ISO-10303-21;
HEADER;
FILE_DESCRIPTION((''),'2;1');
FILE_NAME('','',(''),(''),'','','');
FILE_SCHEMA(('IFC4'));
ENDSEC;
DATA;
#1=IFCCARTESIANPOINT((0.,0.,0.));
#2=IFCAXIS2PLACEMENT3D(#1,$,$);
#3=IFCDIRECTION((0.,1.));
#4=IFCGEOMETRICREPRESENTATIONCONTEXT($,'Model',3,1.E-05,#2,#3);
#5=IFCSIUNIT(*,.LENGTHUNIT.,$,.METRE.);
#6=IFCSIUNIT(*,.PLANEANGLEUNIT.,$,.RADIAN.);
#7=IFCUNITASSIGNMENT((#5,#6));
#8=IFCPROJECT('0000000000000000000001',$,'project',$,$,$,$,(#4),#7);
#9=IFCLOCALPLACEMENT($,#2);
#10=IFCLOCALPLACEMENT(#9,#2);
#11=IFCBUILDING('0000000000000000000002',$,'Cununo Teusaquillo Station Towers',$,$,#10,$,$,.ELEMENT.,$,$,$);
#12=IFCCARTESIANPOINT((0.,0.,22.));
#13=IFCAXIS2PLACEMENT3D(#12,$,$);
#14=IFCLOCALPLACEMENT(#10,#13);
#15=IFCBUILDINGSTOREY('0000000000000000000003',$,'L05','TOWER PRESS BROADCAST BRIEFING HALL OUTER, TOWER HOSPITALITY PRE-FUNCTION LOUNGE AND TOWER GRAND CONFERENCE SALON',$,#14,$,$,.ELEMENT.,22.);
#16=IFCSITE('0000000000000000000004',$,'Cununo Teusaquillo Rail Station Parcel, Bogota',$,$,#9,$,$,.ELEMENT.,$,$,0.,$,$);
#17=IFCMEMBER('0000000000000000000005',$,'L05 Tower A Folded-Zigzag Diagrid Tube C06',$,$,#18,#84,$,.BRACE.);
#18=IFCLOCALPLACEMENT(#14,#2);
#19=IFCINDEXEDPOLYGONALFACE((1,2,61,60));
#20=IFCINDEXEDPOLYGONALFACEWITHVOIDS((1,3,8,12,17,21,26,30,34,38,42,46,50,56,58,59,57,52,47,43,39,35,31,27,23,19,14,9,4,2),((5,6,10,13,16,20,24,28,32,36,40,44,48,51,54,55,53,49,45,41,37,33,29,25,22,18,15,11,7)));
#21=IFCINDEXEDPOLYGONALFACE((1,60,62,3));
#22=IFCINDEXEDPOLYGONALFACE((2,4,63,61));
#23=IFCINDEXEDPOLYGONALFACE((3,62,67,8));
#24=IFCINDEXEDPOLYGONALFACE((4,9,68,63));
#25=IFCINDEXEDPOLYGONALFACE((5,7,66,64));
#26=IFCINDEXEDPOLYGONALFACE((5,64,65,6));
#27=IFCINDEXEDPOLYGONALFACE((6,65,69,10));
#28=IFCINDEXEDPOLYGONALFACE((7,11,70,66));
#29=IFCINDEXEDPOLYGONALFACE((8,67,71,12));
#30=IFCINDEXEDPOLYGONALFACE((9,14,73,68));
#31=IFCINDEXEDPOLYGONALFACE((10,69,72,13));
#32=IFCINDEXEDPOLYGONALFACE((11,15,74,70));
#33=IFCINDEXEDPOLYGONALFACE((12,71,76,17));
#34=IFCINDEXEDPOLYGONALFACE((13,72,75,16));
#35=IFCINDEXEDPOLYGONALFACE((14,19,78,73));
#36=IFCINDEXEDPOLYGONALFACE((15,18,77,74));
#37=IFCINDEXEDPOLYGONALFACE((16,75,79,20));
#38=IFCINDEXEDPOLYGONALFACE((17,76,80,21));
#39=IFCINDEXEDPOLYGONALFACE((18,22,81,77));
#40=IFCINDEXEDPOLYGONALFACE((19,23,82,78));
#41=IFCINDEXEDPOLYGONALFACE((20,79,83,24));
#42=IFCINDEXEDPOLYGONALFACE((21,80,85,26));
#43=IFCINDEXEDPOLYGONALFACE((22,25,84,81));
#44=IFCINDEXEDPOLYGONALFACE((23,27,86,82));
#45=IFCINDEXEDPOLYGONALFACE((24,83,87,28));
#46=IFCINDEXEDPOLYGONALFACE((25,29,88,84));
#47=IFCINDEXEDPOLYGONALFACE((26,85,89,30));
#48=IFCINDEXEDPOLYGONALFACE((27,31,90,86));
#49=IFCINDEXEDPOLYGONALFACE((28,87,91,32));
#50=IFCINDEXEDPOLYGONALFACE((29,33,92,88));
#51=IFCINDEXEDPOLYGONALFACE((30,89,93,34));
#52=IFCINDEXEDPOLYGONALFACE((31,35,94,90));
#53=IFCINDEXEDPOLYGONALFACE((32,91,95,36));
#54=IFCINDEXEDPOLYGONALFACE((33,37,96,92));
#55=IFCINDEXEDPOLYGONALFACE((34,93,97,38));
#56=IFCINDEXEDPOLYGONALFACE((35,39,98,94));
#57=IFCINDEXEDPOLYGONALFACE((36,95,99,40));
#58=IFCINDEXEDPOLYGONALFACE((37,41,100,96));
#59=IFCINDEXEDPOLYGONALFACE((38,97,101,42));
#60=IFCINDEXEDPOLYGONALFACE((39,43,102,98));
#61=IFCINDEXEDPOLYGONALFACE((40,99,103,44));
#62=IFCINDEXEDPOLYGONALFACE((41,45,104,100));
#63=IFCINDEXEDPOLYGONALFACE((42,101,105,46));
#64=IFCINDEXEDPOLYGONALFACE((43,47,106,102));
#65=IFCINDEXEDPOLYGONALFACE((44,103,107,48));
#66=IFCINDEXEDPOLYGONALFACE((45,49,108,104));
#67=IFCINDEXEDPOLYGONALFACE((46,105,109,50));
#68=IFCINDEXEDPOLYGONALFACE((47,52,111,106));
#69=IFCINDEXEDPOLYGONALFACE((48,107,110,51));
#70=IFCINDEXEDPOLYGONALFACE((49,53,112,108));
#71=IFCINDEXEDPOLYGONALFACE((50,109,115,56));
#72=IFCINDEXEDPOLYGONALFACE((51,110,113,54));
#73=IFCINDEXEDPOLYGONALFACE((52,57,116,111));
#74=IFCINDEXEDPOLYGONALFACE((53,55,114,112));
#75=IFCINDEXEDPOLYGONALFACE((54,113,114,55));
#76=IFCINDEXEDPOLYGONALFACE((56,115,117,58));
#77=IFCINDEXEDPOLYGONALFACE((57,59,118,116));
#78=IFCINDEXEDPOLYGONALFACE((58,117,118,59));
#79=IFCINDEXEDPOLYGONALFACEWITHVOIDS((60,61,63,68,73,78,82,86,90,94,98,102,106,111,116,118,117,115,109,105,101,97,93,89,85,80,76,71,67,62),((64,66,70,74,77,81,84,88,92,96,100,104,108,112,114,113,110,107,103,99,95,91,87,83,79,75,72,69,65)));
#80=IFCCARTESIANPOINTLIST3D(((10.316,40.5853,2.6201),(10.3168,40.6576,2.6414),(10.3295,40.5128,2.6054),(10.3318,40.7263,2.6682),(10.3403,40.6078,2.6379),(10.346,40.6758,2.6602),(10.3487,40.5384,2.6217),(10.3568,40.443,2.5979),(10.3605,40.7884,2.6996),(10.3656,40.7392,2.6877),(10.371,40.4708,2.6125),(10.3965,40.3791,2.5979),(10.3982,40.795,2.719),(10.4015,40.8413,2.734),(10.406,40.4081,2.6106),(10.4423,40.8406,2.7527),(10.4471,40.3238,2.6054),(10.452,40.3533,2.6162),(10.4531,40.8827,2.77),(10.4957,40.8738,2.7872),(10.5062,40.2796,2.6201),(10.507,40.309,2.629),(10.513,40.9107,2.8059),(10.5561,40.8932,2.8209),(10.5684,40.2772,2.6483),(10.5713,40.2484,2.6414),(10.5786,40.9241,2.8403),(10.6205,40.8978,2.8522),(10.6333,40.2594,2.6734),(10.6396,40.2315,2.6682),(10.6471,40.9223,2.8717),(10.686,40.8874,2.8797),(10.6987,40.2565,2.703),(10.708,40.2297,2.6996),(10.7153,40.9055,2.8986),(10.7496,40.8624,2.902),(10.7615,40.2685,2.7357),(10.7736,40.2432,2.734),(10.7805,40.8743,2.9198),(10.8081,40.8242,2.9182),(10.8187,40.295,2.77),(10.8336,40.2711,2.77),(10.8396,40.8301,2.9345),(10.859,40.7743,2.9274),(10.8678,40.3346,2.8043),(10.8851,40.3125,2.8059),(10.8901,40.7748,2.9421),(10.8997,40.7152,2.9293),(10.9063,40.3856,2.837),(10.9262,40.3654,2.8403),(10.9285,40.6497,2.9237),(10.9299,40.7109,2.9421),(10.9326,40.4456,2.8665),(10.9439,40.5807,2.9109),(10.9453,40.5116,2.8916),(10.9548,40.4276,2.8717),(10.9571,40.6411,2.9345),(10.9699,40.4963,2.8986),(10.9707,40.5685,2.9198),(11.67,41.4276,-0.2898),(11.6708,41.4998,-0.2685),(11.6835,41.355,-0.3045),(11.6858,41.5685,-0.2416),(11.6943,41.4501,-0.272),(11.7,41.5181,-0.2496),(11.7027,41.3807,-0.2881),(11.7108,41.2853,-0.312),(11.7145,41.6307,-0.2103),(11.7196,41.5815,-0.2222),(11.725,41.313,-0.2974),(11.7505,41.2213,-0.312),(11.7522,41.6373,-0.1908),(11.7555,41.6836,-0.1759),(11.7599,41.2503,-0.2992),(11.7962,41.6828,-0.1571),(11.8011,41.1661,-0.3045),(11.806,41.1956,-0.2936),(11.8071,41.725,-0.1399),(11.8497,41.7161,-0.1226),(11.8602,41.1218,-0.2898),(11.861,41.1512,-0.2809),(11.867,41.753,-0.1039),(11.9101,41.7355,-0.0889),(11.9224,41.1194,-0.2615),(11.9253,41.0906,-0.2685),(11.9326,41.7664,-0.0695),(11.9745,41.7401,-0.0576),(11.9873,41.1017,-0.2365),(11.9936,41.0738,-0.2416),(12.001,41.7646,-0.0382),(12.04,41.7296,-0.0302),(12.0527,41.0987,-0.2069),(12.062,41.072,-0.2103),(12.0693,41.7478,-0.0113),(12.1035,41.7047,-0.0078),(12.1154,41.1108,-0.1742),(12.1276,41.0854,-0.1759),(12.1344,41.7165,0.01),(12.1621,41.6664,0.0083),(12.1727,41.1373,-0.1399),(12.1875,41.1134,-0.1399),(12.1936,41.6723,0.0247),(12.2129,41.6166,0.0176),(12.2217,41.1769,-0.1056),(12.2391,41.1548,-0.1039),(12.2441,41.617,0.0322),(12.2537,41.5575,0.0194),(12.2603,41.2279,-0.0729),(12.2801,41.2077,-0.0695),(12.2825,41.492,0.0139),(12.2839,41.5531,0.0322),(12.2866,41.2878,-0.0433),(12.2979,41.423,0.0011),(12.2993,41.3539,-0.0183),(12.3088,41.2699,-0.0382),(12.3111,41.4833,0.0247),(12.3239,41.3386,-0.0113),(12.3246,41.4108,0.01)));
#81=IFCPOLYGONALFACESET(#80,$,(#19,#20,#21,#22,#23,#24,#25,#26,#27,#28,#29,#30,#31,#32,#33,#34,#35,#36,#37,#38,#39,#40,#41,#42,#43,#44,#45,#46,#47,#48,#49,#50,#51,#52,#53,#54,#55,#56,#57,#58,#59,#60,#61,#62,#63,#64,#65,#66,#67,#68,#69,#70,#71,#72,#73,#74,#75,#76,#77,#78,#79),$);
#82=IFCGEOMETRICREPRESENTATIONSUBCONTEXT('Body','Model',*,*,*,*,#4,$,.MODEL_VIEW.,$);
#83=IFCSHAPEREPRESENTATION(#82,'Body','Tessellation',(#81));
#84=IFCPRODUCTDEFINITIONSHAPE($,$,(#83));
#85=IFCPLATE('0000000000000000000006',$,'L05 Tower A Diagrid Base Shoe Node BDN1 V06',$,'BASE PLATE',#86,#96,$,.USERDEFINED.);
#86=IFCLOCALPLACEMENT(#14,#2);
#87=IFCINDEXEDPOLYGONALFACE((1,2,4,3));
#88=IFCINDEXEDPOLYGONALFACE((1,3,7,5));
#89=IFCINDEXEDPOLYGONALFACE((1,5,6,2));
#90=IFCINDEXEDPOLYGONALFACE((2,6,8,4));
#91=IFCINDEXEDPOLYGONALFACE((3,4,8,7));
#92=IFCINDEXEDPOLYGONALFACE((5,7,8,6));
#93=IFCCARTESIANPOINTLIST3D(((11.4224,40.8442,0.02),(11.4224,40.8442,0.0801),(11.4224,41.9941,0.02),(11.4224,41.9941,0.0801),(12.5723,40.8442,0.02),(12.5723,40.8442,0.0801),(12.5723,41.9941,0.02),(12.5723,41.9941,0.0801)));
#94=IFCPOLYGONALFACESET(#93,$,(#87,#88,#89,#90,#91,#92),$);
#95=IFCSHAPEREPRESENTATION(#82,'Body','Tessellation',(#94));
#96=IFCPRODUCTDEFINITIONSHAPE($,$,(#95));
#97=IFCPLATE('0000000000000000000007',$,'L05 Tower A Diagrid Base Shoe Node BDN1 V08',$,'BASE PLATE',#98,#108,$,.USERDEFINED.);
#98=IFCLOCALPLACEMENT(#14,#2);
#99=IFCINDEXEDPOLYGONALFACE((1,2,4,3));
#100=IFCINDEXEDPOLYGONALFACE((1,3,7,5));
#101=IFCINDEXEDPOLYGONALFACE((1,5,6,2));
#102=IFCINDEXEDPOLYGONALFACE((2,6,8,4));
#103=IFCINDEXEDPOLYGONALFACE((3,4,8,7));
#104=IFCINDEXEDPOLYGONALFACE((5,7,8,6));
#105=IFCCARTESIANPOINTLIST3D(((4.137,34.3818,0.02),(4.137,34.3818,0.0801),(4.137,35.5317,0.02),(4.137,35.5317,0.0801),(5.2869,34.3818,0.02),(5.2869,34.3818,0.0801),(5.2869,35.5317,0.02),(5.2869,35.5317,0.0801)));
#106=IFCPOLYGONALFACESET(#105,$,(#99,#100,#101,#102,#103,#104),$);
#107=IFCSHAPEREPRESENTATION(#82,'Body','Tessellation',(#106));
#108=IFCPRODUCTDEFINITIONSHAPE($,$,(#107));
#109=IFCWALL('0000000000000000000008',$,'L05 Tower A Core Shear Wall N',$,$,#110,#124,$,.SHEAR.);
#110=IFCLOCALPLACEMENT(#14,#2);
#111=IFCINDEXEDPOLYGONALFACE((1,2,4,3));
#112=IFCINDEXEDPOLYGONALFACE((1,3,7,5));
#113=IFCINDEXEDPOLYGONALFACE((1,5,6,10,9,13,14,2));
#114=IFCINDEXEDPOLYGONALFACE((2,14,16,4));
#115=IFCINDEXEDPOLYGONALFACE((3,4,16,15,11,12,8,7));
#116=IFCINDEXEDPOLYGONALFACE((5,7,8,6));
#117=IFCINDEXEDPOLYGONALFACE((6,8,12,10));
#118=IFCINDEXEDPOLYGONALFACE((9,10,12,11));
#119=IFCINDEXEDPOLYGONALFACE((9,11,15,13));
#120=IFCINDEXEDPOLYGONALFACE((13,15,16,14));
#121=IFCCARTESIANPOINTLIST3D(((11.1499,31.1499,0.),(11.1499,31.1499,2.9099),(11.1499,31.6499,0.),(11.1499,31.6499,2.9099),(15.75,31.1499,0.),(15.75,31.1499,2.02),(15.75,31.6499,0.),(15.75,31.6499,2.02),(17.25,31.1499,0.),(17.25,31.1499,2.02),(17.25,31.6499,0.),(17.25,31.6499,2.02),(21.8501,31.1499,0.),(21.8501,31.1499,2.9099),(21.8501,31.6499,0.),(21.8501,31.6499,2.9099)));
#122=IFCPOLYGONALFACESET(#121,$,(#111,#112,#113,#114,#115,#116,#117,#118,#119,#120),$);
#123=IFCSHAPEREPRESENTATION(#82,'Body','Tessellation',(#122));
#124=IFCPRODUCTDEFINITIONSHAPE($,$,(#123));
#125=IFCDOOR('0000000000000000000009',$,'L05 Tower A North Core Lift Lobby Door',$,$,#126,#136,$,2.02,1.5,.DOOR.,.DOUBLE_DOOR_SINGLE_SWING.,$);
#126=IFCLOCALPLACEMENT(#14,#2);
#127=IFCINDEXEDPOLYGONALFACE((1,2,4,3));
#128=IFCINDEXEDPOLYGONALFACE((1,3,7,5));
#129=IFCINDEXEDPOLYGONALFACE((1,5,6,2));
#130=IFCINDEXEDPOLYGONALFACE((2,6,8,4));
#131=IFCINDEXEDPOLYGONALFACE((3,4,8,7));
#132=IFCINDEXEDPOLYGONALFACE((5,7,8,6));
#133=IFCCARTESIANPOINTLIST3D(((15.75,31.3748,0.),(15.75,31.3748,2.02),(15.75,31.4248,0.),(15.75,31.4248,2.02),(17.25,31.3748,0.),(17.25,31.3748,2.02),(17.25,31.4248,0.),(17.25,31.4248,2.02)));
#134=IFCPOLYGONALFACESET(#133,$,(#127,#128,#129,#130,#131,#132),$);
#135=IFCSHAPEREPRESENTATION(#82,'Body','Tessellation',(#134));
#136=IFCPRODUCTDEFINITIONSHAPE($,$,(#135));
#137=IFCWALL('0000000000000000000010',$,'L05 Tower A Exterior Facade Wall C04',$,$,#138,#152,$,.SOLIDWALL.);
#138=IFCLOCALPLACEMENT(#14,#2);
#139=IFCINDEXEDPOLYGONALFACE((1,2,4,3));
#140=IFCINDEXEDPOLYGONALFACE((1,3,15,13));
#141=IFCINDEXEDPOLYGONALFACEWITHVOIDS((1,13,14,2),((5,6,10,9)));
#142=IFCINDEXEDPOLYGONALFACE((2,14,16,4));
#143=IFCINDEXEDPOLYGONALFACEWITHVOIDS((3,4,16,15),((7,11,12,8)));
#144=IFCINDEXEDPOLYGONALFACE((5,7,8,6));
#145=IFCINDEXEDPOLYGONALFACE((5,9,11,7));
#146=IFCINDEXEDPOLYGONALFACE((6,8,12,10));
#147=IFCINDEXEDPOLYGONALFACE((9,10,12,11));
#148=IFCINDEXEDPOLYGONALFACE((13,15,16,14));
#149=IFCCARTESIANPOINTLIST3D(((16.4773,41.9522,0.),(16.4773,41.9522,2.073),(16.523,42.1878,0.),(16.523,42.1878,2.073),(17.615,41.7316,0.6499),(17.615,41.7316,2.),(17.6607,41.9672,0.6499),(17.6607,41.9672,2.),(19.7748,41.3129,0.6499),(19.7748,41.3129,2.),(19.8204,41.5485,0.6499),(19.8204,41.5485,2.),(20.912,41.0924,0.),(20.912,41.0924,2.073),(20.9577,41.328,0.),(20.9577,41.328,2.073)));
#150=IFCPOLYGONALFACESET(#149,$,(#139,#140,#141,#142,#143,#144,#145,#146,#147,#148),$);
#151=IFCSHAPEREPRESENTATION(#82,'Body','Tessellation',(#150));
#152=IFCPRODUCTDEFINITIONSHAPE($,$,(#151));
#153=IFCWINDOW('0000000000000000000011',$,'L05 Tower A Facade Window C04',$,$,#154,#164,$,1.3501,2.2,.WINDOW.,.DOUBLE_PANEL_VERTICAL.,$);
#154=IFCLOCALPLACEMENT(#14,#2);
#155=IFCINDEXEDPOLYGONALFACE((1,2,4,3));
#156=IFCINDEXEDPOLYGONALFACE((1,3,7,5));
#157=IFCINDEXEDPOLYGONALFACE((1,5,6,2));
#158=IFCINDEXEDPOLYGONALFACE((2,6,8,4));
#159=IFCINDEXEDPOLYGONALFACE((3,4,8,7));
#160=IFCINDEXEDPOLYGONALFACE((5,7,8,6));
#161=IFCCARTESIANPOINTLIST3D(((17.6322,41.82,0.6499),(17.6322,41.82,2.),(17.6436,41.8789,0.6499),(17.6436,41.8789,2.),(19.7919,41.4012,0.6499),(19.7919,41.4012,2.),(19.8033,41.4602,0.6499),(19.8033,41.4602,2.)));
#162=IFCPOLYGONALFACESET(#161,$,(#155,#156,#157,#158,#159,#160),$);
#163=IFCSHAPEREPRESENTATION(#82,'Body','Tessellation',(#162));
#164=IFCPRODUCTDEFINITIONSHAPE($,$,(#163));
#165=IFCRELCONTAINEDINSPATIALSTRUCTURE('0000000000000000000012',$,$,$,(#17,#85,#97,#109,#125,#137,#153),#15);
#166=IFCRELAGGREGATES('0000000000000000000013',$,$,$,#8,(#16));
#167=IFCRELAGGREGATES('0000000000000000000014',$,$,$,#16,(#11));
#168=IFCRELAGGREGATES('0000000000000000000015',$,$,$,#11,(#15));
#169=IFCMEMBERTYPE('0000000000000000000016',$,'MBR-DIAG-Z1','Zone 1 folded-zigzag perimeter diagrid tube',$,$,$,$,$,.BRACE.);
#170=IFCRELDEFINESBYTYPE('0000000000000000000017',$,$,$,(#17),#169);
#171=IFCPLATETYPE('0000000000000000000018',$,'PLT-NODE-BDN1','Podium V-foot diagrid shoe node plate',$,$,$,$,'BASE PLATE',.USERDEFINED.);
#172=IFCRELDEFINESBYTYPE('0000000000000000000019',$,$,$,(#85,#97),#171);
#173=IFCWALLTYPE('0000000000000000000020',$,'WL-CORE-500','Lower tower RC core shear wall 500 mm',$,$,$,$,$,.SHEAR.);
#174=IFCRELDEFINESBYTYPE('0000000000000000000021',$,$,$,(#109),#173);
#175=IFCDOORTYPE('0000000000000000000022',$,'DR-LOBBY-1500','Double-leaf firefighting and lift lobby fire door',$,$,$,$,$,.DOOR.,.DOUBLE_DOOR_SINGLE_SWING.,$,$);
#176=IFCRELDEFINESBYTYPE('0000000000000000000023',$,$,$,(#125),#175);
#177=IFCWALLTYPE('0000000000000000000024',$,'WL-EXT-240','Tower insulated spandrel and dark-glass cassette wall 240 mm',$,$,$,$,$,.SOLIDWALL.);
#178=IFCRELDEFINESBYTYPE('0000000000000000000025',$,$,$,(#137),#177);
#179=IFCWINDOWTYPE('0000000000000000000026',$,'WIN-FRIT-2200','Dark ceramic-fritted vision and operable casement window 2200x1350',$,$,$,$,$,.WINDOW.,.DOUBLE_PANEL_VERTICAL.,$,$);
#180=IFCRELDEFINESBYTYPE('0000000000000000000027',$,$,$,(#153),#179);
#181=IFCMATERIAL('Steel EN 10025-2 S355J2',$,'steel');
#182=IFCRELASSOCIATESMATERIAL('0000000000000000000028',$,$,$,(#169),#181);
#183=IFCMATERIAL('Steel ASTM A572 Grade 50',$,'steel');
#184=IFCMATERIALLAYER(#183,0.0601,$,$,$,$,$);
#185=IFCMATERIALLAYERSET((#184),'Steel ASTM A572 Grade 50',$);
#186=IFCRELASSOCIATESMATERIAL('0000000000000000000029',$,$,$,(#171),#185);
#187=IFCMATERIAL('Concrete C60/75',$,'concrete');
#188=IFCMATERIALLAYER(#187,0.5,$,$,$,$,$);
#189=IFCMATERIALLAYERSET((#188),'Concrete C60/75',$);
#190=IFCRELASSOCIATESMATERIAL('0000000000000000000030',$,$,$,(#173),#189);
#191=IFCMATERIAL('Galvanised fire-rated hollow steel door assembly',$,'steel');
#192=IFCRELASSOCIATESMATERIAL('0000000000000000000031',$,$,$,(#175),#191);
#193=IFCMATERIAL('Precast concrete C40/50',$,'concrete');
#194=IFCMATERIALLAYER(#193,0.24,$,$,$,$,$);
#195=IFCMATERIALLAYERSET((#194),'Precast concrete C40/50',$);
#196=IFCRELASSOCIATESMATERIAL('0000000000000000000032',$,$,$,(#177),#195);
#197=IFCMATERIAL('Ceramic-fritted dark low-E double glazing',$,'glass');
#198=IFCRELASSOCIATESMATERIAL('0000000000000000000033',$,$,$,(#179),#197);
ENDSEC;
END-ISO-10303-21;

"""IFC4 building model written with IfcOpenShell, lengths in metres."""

from ifc_helpers import new_model, si_unit, direction, frame, frame_2d, origin, origin_2d, place, context, subcontext, project, spatial, rectangle, hollow_circle, extrude, source, transform, mapped, material, layer, layer_set, material_profile, profile_set, type_object, element, fill, save


model = new_model("IFC4")

# Units and contexts
model_context = context("Model", 3, precision=1e-05, world=origin(), true_north=direction((0.0, 1.0)))
body_context = subcontext(model_context, "Body", "Model", "MODEL_VIEW")
ifc_project = project(units=[si_unit("LENGTHUNIT", "METRE"), si_unit("PLANEANGLEUNIT", "RADIAN")], contexts=[model_context])

# Site, building, storey
site_placement = place(None, origin())
site = spatial("IfcSite", under=ifc_project, at=site_placement, Name="Cununo Teusaquillo Rail Station Parcel, Bogota", CompositionType="ELEMENT", RefElevation=0.0)
building_placement = place(site_placement, origin())
building = spatial("IfcBuilding", under=site, at=building_placement, Name="Cununo Teusaquillo Station Towers", CompositionType="ELEMENT")
storey_placement = place(building_placement, frame((0.0, 0.0, 22.0)))
storey = spatial("IfcBuildingStorey", under=building, at=storey_placement, Name="L05", Description="TOWER PRESS BROADCAST BRIEFING HALL OUTER, TOWER HOSPITALITY PRE-FUNCTION LOUNGE AND TOWER GRAND CONFERENCE SALON", CompositionType="ELEMENT", Elevation=22.0)

# Member
ifc_material_1 = material(Name="Steel EN 10025-2 S355J2", Category="steel")
ifc_material_profile_1 = material_profile(ifc_material_1, hollow_circle(Radius=0.3601, WallThickness=0.0281, at=origin_2d()), Name="CHS 720x28")
ifc_profile_set_1 = profile_set([ifc_material_profile_1], Name="Steel EN 10025-2 S355J2")
member_type = type_object("IfcMemberType", Name="MBR-DIAG-Z1", Description="Zone 1 folded-zigzag perimeter diagrid tube", PredefinedType="BRACE", material=ifc_profile_set_1)
member_placement = place(storey_placement, frame((11.9973, 41.4192, -0.1399), z_axis=(-0.408055, -0.253839, 0.876959), x_axis=(0.528209, -0.849115, 0.0)))
element("IfcMember", 1, at=member_placement, inside=storey, type_object=member_type, Name="L05 Tower A Folded-Zigzag Diagrid Tube C06", PredefinedType="BRACE", context=body_context, shape_type="SweptSolid", body=[
    extrude(hollow_circle(Radius=0.3601, WallThickness=0.0281, at=origin_2d()), origin(), (0.0, 0.0, 1.0), 3.3181),
])

# Plates
ifc_material_2 = material(Name="Steel ASTM A572 Grade 50", Category="steel")
ifc_layer_1 = layer(ifc_material_2, 0.0601)
ifc_layer_set_1 = layer_set([ifc_layer_1], Name="Steel ASTM A572 Grade 50")
plate_type = type_object("IfcPlateType", Name="PLT-NODE-BDN1", Description="Podium V-foot diagrid shoe node plate", ElementType="BASE PLATE", PredefinedType="USERDEFINED", material=ifc_layer_set_1)
shared_shape_1 = source(origin(), body_context, "Body", "SweptSolid", [
    extrude(rectangle(XDim=1.1499, YDim=1.1499, at=origin_2d()), origin(), (0.0, 0.0, 1.0), 0.0601),
])
for number, where, z_axis, x_axis, name in (
    (2, (11.9973, 41.4192, 0.02), (0.0, 0.0, 1.0), (1.0, 0.0, 0.0), "L05 Tower A Diagrid Base Shoe Node BDN1 V06"),
    (3, (4.7119, 34.9568, 0.02), (0.0, 0.0, 1.0), (1.0, 0.0, 0.0), "L05 Tower A Diagrid Base Shoe Node BDN1 V08"),
):
    element("IfcPlate", number, at=place(storey_placement, frame(where, z_axis=z_axis, x_axis=x_axis)), inside=storey, type_object=plate_type, Name=name, ObjectType="BASE PLATE", PredefinedType="USERDEFINED", context=body_context, shape_type="MappedRepresentation", body=[
        mapped(shared_shape_1, transform((0.0, 0.0, 0.0), x_axis=(1.0, 0.0, 0.0), y_axis=(0.0, 1.0, 0.0), z_axis=(0.0, 0.0, 1.0), scale=1.0)),
    ])

# Wall, opening, door
ifc_material_3 = material(Name="Concrete C60/75", Category="concrete")
ifc_layer_2 = layer(ifc_material_3, 0.5)
ifc_layer_set_2 = layer_set([ifc_layer_2], Name="Concrete C60/75")
wall_type_1 = type_object("IfcWallType", Name="WL-CORE-500", Description="Lower tower RC core shear wall 500 mm", PredefinedType="SHEAR", material=ifc_layer_set_2)
wall_1_placement = place(storey_placement, frame((11.1499, 31.3999, 0.0), z_axis=(0.0, 0.0, 1.0), x_axis=(1.0, 0.0, 0.0)))
wall_1 = element("IfcWall", 4, at=wall_1_placement, inside=storey, type_object=wall_type_1, Name="L05 Tower A Core Shear Wall N", PredefinedType="SHEAR", context=body_context, shape_type="SweptSolid", body=[
    extrude(rectangle(XDim=10.7002, YDim=0.5, at=frame_2d((5.3501, 0.0))), origin(), (0.0, 0.0, 1.0), 2.9099),
])
shared_shape_2 = source(origin(), body_context, "Body", "SweptSolid", [
    extrude(rectangle(XDim=1.5, YDim=2.02, at=frame_2d((0.75, 1.01))), frame((0.0, 0.26, 0.0), z_axis=(0.0, -1.0, 0.0), x_axis=(1.0, 0.0, 0.0)), (0.0, 0.0, 1.0), 0.52),
])
opening_1_placement = place(wall_1_placement, frame((4.6001, 0.0, 0.0)))
opening_1 = element("IfcOpeningElement", 5, at=opening_1_placement, cuts=wall_1, PredefinedType="OPENING", context=body_context, shape_type="MappedRepresentation", body=[
    mapped(shared_shape_2, transform((0.0, 0.0, 0.0), x_axis=(1.0, 0.0, 0.0), y_axis=(0.0, 1.0, 0.0), z_axis=(0.0, 0.0, 1.0), scale=1.0)),
])
ifc_material_4 = material(Name="Galvanised fire-rated hollow steel door assembly", Category="steel")
door_type_1 = type_object("IfcDoorType", Name="DR-LOBBY-1500", Description="Double-leaf firefighting and lift lobby fire door", OperationType="DOUBLE_DOOR_SINGLE_SWING", PredefinedType="DOOR", material=ifc_material_4)
shared_shape_3 = source(origin(), body_context, "Body", "SweptSolid", [
    extrude(rectangle(XDim=1.5, YDim=2.02, at=frame_2d((0.75, 1.01))), frame((0.0, 0.0249, 0.0), z_axis=(0.0, -1.0, 0.0), x_axis=(1.0, 0.0, 0.0)), (0.0, 0.0, 1.0), 0.05),
])
door_1_placement = place(opening_1_placement, origin())
door_1 = element("IfcDoor", 6, at=door_1_placement, inside=storey, type_object=door_type_1, Name="L05 Tower A North Core Lift Lobby Door", OperationType="DOUBLE_DOOR_SINGLE_SWING", OverallHeight=2.02, OverallWidth=1.5, PredefinedType="DOOR", context=body_context, shape_type="MappedRepresentation", body=[
    mapped(shared_shape_3, transform((0.0, 0.0, 0.0), x_axis=(1.0, 0.0, 0.0), y_axis=(0.0, 1.0, 0.0), z_axis=(0.0, 0.0, 1.0), scale=1.0)),
])
fill(opening_1, door_1)

# Wall, opening, window
ifc_material_5 = material(Name="Precast concrete C40/50", Category="concrete")
ifc_layer_3 = layer(ifc_material_5, 0.24)
ifc_layer_set_3 = layer_set([ifc_layer_3], Name="Precast concrete C40/50")
wall_type_2 = type_object("IfcWallType", Name="WL-EXT-240", Description="Tower insulated spandrel and dark-glass cassette wall 240 mm", PredefinedType="SOLIDWALL", material=ifc_layer_set_3)
wall_2_placement = place(storey_placement, frame((16.5, 42.0701, 0.0), z_axis=(0.0, 0.0, 1.0), x_axis=(0.981717, -0.190345, 0.0)))
wall_2 = element("IfcWall", 7, at=wall_2_placement, inside=storey, type_object=wall_type_2, Name="L05 Tower A Exterior Facade Wall C04", PredefinedType="SOLIDWALL", context=body_context, shape_type="SweptSolid", body=[
    extrude(rectangle(XDim=4.5173, YDim=0.24, at=frame_2d((2.2588, 0.0))), origin(), (0.0, 0.0, 1.0), 2.073),
])
shared_shape_4 = source(origin(), body_context, "Body", "SweptSolid", [
    extrude(rectangle(XDim=2.2, YDim=1.3501, at=frame_2d((1.1001, 0.675))), frame((0.0, 0.1299, 0.0), z_axis=(0.0, -1.0, 0.0), x_axis=(1.0, 0.0, 0.0)), (0.0, 0.0, 1.0), 0.26),
])
opening_2_placement = place(wall_2_placement, frame((1.1589, 0.0, 0.6499)))
opening_2 = element("IfcOpeningElement", 8, at=opening_2_placement, cuts=wall_2, PredefinedType="OPENING", context=body_context, shape_type="MappedRepresentation", body=[
    mapped(shared_shape_4, transform((0.0, 0.0, 0.0), x_axis=(1.0, 0.0, 0.0), y_axis=(0.0, 1.0, 0.0), z_axis=(0.0, 0.0, 1.0), scale=1.0)),
])
ifc_material_6 = material(Name="Ceramic-fritted dark low-E double glazing", Category="glass")
window_type = type_object("IfcWindowType", Name="WIN-FRIT-2200", Description="Dark ceramic-fritted vision and operable casement window 2200x1350", PartitioningType="DOUBLE_PANEL_VERTICAL", PredefinedType="WINDOW", material=ifc_material_6)
shared_shape_5 = source(origin(), body_context, "Body", "SweptSolid", [
    extrude(rectangle(XDim=2.2, YDim=1.3501, at=frame_2d((1.1001, 0.675))), frame((0.0, 0.03, 0.0), z_axis=(0.0, -1.0, 0.0), x_axis=(1.0, 0.0, 0.0)), (0.0, 0.0, 1.0), 0.0601),
])
window_1_placement = place(opening_2_placement, origin())
window_1 = element("IfcWindow", 9, at=window_1_placement, inside=storey, type_object=window_type, Name="L05 Tower A Facade Window C04", OverallHeight=1.3501, OverallWidth=2.2, PartitioningType="DOUBLE_PANEL_VERTICAL", PredefinedType="WINDOW", context=body_context, shape_type="MappedRepresentation", body=[
    mapped(shared_shape_5, transform((0.0, 0.0, 0.0), x_axis=(1.0, 0.0, 0.0), y_axis=(0.0, 1.0, 0.0), z_axis=(0.0, 0.0, 1.0), scale=1.0)),
])
fill(opening_2, window_1)

save(model, "model.ifc")
